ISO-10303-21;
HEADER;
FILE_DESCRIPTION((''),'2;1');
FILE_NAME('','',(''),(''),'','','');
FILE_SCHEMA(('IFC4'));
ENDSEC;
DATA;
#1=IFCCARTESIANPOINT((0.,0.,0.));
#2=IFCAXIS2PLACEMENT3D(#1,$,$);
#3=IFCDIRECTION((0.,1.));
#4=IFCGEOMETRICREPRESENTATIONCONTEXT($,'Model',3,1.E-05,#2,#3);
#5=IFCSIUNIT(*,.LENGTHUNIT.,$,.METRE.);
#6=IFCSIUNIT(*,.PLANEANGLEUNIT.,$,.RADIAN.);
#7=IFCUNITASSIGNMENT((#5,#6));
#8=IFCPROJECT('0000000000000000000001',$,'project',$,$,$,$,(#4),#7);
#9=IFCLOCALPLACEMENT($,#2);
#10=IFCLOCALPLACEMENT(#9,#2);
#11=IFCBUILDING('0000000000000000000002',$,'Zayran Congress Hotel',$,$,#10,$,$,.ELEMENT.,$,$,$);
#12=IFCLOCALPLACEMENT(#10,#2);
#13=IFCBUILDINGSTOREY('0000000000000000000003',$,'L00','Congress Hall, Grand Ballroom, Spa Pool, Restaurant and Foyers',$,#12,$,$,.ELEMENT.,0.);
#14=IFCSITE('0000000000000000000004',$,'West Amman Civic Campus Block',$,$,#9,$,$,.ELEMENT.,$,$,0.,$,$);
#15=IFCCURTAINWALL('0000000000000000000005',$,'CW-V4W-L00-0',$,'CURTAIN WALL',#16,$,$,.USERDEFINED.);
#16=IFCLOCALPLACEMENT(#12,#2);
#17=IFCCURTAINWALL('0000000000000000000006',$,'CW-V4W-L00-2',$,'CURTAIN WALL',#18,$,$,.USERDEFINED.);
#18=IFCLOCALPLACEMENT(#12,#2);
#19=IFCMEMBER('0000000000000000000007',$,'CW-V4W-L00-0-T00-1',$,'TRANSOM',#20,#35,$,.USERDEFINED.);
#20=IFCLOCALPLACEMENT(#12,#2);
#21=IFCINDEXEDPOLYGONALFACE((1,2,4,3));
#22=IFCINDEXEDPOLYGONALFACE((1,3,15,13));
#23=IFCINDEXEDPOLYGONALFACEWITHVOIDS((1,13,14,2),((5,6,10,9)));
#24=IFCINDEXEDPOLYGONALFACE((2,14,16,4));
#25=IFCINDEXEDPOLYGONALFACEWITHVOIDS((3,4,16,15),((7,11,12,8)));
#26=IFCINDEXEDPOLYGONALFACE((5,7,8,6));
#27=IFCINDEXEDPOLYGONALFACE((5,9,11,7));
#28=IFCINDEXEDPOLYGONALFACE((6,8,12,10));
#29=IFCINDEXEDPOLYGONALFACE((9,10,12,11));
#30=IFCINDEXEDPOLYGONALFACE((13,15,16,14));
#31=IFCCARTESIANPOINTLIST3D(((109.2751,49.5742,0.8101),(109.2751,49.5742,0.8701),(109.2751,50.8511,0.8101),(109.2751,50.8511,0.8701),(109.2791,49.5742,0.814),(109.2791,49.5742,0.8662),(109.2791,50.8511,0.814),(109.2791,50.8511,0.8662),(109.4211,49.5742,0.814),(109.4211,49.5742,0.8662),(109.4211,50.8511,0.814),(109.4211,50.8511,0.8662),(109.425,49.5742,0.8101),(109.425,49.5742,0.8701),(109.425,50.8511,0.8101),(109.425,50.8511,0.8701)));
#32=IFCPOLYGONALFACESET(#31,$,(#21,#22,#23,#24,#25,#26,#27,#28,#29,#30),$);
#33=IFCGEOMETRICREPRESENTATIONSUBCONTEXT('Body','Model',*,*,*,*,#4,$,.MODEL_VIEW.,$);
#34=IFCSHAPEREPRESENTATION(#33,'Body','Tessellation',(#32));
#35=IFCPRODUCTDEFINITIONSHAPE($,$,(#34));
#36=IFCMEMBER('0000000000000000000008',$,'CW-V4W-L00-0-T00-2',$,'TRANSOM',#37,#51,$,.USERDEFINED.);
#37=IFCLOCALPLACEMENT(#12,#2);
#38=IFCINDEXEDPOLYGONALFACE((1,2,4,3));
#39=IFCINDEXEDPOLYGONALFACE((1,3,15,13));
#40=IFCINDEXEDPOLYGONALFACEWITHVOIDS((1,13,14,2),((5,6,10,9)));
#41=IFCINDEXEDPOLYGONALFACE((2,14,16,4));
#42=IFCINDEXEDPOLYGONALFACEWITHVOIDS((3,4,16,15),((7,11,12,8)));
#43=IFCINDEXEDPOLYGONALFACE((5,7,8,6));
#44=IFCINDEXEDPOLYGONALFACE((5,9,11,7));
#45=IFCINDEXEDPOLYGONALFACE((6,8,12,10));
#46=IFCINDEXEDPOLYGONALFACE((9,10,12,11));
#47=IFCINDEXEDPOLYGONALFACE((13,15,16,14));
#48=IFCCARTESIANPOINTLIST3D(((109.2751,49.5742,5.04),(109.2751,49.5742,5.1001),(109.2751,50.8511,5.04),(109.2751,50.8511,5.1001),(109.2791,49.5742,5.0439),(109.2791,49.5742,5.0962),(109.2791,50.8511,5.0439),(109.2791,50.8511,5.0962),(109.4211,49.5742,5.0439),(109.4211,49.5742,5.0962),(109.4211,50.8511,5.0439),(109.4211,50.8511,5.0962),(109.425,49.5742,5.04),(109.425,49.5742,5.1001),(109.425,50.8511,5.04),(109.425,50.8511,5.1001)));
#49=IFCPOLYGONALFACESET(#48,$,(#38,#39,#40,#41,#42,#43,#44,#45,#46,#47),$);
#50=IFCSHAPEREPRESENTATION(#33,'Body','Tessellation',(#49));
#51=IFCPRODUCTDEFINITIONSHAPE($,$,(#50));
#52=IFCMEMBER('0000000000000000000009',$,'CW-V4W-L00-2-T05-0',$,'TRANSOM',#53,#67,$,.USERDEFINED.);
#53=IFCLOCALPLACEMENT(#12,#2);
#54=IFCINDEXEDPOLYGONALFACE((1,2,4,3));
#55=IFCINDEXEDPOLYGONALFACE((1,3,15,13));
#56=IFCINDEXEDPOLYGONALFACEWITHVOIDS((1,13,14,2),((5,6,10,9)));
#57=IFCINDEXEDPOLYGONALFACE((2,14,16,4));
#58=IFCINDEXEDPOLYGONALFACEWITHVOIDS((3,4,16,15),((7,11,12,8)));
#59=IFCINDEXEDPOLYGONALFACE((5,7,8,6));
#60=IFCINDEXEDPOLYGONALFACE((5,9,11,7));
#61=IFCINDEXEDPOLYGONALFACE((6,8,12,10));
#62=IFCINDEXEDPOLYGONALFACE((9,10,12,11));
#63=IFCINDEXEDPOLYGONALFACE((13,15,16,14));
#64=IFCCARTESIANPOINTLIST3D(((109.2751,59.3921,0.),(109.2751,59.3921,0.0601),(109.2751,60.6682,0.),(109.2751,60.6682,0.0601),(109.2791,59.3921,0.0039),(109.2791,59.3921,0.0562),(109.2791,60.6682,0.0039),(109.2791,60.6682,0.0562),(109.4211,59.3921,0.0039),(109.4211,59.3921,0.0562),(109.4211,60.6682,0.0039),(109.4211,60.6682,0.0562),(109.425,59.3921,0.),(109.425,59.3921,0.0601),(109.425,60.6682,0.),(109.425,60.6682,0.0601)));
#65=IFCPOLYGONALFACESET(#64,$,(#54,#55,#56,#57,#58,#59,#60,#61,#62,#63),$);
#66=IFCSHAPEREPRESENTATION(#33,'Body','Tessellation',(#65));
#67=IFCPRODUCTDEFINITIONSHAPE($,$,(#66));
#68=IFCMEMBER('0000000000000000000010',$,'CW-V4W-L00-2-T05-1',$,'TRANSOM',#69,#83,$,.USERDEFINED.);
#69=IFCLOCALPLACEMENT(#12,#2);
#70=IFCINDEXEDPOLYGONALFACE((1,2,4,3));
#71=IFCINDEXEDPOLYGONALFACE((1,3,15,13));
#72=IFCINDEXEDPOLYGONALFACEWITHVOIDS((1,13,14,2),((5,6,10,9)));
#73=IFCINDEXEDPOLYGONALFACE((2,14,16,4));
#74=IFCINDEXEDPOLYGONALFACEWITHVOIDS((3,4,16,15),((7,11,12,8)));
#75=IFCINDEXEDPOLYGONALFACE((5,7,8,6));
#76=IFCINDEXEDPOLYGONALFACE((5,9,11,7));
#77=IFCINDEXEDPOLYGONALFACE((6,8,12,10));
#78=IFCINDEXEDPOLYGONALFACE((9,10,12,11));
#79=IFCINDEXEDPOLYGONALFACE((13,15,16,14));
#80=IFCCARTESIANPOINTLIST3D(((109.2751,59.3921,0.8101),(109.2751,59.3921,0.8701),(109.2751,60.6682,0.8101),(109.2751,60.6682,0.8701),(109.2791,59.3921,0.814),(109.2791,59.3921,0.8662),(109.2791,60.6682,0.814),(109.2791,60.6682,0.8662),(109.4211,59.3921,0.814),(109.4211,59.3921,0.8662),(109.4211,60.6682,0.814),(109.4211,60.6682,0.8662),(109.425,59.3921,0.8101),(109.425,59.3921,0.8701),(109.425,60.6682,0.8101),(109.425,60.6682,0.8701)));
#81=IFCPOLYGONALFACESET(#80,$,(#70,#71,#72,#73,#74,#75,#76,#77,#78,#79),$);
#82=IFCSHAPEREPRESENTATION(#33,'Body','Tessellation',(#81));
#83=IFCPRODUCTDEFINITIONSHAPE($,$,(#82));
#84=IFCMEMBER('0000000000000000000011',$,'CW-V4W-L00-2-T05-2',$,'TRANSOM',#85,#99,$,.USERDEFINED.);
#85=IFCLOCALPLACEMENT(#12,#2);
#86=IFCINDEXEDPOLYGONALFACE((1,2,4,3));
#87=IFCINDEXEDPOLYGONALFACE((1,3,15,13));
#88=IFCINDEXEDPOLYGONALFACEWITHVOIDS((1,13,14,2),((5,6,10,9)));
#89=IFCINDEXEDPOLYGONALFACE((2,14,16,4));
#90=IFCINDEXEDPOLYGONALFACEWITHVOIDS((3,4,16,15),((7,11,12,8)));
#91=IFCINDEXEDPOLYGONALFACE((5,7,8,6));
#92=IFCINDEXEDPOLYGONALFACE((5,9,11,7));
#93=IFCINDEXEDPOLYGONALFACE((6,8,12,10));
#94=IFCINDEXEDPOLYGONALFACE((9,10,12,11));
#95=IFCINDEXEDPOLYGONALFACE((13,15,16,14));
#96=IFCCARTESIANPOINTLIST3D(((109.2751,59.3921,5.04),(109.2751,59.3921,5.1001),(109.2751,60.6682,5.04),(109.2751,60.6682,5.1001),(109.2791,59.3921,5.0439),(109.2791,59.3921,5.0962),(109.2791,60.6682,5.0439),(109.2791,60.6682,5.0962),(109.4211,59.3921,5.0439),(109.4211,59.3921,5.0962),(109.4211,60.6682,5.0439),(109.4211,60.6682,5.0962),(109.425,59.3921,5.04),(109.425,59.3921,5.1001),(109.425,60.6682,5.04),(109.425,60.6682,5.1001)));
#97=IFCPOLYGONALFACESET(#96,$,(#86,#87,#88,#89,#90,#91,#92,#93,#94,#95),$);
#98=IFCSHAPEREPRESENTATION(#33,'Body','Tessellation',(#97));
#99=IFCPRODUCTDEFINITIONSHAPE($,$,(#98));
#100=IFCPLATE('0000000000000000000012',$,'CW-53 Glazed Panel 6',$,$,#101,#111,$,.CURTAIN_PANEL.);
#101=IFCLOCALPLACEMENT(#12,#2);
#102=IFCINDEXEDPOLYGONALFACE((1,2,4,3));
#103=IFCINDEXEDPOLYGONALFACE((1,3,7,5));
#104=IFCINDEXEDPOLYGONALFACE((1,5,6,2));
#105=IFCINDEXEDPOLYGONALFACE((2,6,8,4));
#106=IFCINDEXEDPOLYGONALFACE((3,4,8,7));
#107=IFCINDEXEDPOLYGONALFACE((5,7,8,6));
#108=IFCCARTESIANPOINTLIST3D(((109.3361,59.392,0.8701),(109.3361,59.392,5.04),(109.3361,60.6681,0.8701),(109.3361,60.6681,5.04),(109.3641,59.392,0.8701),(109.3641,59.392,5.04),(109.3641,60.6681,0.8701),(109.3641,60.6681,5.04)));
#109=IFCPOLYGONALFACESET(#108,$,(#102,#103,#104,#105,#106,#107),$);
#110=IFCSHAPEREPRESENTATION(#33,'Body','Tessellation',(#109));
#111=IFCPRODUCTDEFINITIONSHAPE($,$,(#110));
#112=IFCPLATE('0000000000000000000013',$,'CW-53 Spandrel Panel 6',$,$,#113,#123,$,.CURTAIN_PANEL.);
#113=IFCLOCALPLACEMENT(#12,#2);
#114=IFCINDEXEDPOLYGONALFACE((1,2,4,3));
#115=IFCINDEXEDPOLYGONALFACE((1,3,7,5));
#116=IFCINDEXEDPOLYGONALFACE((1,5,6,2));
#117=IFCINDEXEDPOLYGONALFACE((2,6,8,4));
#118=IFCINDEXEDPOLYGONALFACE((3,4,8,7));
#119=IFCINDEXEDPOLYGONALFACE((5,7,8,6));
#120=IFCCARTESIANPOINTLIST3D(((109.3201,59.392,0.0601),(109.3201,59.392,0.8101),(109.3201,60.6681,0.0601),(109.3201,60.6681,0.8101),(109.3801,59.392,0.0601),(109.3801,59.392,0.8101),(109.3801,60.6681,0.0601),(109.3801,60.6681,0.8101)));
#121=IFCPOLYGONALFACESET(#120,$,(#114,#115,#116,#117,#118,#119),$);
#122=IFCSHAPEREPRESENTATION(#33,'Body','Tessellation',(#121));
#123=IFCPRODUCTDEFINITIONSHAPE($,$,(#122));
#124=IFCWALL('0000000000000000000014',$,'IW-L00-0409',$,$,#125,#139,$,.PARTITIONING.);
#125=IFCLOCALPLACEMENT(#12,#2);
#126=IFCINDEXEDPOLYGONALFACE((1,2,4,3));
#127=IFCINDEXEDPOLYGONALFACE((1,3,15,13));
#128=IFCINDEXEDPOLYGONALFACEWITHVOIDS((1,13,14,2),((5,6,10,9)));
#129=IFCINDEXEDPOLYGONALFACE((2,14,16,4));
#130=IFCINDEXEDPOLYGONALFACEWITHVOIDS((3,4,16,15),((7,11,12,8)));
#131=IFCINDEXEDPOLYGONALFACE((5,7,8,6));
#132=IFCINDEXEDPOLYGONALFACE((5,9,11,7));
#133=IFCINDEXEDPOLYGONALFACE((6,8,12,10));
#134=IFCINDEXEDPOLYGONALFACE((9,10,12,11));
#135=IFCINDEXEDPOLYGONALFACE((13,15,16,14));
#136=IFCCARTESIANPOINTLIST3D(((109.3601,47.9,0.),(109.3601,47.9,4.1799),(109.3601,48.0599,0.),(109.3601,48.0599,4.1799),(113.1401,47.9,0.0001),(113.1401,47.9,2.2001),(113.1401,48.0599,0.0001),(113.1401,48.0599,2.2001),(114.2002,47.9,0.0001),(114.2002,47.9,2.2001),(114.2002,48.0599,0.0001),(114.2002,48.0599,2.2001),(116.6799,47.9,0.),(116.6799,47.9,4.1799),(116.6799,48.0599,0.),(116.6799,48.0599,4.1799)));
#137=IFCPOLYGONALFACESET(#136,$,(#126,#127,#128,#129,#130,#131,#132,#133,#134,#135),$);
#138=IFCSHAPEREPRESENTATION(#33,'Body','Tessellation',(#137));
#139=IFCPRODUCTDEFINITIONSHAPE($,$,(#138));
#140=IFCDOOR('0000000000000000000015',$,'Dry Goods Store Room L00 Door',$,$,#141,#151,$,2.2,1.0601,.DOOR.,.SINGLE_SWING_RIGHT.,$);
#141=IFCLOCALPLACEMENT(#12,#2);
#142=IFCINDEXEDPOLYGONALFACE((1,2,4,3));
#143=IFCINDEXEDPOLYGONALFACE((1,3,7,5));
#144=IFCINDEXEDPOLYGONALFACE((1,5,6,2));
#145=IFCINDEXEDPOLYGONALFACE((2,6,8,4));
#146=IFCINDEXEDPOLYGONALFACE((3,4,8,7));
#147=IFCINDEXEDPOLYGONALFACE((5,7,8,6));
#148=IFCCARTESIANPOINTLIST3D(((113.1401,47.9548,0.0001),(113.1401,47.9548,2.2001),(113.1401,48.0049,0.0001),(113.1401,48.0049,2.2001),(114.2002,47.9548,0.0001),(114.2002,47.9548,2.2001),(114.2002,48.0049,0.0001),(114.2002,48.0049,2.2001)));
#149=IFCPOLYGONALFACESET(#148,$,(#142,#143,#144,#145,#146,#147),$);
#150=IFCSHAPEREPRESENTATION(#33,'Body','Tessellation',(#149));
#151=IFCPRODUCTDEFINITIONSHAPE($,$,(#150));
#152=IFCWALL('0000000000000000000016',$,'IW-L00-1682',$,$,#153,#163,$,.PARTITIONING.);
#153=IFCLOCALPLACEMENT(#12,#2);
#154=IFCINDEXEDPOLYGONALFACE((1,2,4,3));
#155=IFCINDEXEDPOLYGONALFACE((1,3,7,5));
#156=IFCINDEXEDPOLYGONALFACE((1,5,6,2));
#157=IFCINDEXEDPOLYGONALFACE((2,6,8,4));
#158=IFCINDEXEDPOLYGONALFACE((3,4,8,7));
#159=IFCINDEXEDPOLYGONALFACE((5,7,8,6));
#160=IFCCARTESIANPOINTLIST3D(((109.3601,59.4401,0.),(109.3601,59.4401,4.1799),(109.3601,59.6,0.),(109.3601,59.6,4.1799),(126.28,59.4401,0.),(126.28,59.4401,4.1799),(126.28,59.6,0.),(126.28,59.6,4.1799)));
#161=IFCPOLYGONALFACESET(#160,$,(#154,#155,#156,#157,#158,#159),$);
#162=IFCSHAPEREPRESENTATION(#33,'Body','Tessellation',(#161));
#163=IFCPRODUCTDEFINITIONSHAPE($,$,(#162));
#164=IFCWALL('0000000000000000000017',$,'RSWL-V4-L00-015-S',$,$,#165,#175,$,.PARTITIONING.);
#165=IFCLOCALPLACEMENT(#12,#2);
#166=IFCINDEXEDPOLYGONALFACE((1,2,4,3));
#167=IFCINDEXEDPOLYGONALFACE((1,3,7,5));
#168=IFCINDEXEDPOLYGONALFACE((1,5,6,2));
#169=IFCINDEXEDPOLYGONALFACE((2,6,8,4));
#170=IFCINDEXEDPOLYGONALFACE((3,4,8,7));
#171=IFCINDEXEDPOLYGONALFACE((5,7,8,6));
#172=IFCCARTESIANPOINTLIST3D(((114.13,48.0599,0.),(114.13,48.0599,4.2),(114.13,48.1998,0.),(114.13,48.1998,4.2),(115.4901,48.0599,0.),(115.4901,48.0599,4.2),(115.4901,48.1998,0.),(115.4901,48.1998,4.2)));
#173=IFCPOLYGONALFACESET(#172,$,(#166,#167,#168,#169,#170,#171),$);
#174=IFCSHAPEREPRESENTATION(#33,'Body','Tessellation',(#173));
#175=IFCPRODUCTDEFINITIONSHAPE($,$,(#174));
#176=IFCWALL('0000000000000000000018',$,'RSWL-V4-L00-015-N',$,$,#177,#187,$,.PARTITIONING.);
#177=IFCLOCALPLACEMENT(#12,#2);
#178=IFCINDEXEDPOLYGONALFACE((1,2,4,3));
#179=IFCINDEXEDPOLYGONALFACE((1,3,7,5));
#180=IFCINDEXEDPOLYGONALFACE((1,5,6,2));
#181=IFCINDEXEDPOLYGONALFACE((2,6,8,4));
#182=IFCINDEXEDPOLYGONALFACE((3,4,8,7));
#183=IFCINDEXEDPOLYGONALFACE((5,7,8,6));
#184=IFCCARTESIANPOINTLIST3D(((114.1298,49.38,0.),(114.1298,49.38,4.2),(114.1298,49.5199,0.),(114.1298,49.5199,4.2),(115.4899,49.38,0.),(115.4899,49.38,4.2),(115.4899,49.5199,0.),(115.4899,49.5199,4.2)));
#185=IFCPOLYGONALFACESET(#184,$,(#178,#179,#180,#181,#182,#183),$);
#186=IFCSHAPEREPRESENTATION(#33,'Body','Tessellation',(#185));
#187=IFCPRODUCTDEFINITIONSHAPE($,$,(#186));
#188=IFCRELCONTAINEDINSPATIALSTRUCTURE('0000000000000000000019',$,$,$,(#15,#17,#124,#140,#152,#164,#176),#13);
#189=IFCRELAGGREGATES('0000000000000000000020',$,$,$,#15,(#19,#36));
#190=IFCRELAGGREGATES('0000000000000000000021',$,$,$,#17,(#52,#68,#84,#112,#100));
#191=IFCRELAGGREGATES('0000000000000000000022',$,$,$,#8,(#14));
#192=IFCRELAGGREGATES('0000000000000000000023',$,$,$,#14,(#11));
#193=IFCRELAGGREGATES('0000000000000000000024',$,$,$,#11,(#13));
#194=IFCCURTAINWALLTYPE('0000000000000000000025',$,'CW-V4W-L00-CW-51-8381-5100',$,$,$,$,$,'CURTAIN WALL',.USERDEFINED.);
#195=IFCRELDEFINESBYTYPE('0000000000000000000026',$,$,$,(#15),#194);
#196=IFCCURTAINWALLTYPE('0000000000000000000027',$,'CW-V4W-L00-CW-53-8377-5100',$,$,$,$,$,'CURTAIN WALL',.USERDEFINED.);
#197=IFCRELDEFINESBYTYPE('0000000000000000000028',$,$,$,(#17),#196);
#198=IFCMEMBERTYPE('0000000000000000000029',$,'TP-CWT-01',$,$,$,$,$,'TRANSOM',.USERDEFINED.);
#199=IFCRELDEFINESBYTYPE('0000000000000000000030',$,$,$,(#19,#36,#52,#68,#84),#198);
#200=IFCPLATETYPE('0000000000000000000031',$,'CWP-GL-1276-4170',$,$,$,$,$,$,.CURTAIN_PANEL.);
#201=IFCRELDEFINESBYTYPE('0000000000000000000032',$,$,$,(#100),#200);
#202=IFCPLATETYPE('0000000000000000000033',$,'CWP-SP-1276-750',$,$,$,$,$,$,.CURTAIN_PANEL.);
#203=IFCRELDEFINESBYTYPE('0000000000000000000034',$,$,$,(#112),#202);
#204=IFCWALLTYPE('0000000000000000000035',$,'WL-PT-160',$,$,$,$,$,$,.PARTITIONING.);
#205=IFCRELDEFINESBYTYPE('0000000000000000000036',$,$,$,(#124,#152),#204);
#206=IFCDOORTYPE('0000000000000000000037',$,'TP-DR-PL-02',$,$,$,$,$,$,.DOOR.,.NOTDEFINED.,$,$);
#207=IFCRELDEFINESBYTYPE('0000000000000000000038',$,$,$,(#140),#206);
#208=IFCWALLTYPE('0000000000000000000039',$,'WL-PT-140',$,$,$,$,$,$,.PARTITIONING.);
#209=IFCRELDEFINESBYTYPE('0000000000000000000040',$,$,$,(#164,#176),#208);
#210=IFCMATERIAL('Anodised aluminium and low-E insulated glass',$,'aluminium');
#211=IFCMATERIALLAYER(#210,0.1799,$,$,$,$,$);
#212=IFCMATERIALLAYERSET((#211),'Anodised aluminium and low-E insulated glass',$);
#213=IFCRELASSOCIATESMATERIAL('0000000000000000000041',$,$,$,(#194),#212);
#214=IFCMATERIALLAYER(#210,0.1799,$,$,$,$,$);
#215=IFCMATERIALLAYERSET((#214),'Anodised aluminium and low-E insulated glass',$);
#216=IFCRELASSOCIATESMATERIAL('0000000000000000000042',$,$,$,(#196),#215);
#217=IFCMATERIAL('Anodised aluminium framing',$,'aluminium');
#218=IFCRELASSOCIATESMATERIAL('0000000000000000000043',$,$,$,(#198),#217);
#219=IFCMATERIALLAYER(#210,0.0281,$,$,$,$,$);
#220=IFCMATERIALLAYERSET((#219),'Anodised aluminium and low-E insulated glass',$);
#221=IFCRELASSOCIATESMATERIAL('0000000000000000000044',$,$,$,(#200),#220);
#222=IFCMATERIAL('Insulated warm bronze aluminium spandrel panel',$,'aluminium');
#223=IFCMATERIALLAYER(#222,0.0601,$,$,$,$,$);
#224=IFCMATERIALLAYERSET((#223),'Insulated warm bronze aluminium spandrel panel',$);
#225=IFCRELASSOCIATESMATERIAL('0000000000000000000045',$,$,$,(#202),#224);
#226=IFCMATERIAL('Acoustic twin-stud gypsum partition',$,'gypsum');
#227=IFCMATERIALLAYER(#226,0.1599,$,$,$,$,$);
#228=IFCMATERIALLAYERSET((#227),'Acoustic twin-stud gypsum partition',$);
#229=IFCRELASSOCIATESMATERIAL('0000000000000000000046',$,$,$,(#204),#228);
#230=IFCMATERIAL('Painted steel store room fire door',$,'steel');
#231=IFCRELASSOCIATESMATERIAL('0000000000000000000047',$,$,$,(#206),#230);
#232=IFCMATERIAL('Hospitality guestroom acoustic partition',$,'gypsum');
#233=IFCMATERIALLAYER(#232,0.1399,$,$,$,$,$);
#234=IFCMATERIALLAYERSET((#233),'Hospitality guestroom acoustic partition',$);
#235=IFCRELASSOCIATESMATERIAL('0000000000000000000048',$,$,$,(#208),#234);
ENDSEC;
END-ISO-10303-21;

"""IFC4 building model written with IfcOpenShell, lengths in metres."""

from ifc_helpers import new_model, si_unit, direction, frame, frame_2d, origin, origin_2d, place, context, subcontext, project, spatial, rectangle, hollow_rectangle, extrude, material, layer, layer_set, material_profile, profile_set, type_object, element, fill, aggregate, save


model = new_model("IFC4")

# Units and contexts
model_context = context("Model", 3, precision=1e-05, world=origin(), true_north=direction((0.0, 1.0)))
body_context = subcontext(model_context, "Body", "Model", "MODEL_VIEW")
ifc_project = project(units=[si_unit("LENGTHUNIT", "METRE"), si_unit("PLANEANGLEUNIT", "RADIAN")], contexts=[model_context])

# Site, building, storey
site_placement = place(None, origin())
site = spatial("IfcSite", under=ifc_project, at=site_placement, Name="West Amman Civic Campus Block", CompositionType="ELEMENT", RefElevation=0.0)
building_placement = place(site_placement, origin())
building = spatial("IfcBuilding", under=site, at=building_placement, Name="Zayran Congress Hotel", CompositionType="ELEMENT")
storey_placement = place(building_placement, origin())
storey = spatial("IfcBuildingStorey", under=building, at=storey_placement, Name="L00", Description="Congress Hall, Grand Ballroom, Spa Pool, Restaurant and Foyers", CompositionType="ELEMENT", Elevation=0.0)

# Curtain wall
ifc_material_1 = material(Name="Anodised aluminium and low-E insulated glass", Category="aluminium")
ifc_layer_1 = layer(ifc_material_1, 0.1799)
ifc_layer_set_1 = layer_set([ifc_layer_1], Name="Anodised aluminium and low-E insulated glass")
curtain_wall_type_1 = type_object("IfcCurtainWallType", Name="CW-V4W-L00-CW-51-8381-5100", ElementType="CURTAIN WALL", PredefinedType="USERDEFINED", material=ifc_layer_set_1)
curtain_wall_1_placement = place(storey_placement, origin())
curtain_wall_1 = element("IfcCurtainWall", 1, at=curtain_wall_1_placement, inside=storey, type_object=curtain_wall_type_1, Name="CW-V4W-L00-0", ObjectType="CURTAIN WALL", PredefinedType="USERDEFINED")
ifc_material_2 = material(Name="Anodised aluminium framing", Category="aluminium")

# Curtain wall
ifc_layer_2 = layer(ifc_material_1, 0.1799)
ifc_layer_set_2 = layer_set([ifc_layer_2], Name="Anodised aluminium and low-E insulated glass")
curtain_wall_type_2 = type_object("IfcCurtainWallType", Name="CW-V4W-L00-CW-53-8377-5100", ElementType="CURTAIN WALL", PredefinedType="USERDEFINED", material=ifc_layer_set_2)
curtain_wall_2_placement = place(storey_placement, origin())
curtain_wall_2 = element("IfcCurtainWall", 2, at=curtain_wall_2_placement, inside=storey, type_object=curtain_wall_type_2, Name="CW-V4W-L00-2", ObjectType="CURTAIN WALL", PredefinedType="USERDEFINED")

# Members
ifc_material_profile_1 = material_profile(ifc_material_2, hollow_rectangle(XDim=0.0601, YDim=0.1499, WallThickness=0.0039, at=origin_2d()), Name="RHS 150x60x4")
ifc_profile_set_1 = profile_set([ifc_material_profile_1], Name="Anodised aluminium framing")
member_type_1 = type_object("IfcMemberType", Name="TP-CWT-01", ElementType="TRANSOM", PredefinedType="USERDEFINED", material=ifc_profile_set_1)
member_1_placement = place(storey_placement, frame((109.3501, 50.8511, 0.8401), z_axis=(0.0, -1.0, 0.0), x_axis=(0.0, 0.0, 1.0)))
member_1 = element("IfcMember", 3, at=member_1_placement, type_object=member_type_1, Name="CW-V4W-L00-0-T00-1", ObjectType="TRANSOM", PredefinedType="USERDEFINED", context=body_context, shape_type="SweptSolid", body=[
    extrude(hollow_rectangle(XDim=0.0601, YDim=0.1499, WallThickness=0.0039, at=origin_2d()), origin(), (0.0, 0.0, 1.0), 1.2769),
])
member_2_placement = place(storey_placement, frame((109.3501, 50.8511, 5.0701), z_axis=(0.0, -1.0, 0.0), x_axis=(0.0, 0.0, 1.0)))
member_2 = element("IfcMember", 4, at=member_2_placement, type_object=member_type_1, Name="CW-V4W-L00-0-T00-2", ObjectType="TRANSOM", PredefinedType="USERDEFINED", context=body_context, shape_type="SweptSolid", body=[
    extrude(hollow_rectangle(XDim=0.0601, YDim=0.1499, WallThickness=0.0039, at=origin_2d()), origin(), (0.0, 0.0, 1.0), 1.2769),
])
aggregate(curtain_wall_1, [member_1, member_2])
member_3_placement = place(storey_placement, frame((109.3501, 60.6682, 0.03), z_axis=(0.0, -1.0, 0.0), x_axis=(0.0, 0.0, 1.0)))
member_3 = element("IfcMember", 5, at=member_3_placement, type_object=member_type_1, Name="CW-V4W-L00-2-T05-0", ObjectType="TRANSOM", PredefinedType="USERDEFINED", context=body_context, shape_type="SweptSolid", body=[
    extrude(hollow_rectangle(XDim=0.0601, YDim=0.1499, WallThickness=0.0039, at=origin_2d()), origin(), (0.0, 0.0, 1.0), 1.2761),
])
member_4_placement = place(storey_placement, frame((109.3501, 60.6682, 0.8401), z_axis=(0.0, -1.0, 0.0), x_axis=(0.0, 0.0, 1.0)))
member_4 = element("IfcMember", 6, at=member_4_placement, type_object=member_type_1, Name="CW-V4W-L00-2-T05-1", ObjectType="TRANSOM", PredefinedType="USERDEFINED", context=body_context, shape_type="SweptSolid", body=[
    extrude(hollow_rectangle(XDim=0.0601, YDim=0.1499, WallThickness=0.0039, at=origin_2d()), origin(), (0.0, 0.0, 1.0), 1.2761),
])
member_5_placement = place(storey_placement, frame((109.3501, 60.6682, 5.0701), z_axis=(0.0, -1.0, 0.0), x_axis=(0.0, 0.0, 1.0)))
member_5 = element("IfcMember", 7, at=member_5_placement, type_object=member_type_1, Name="CW-V4W-L00-2-T05-2", ObjectType="TRANSOM", PredefinedType="USERDEFINED", context=body_context, shape_type="SweptSolid", body=[
    extrude(hollow_rectangle(XDim=0.0601, YDim=0.1499, WallThickness=0.0039, at=origin_2d()), origin(), (0.0, 0.0, 1.0), 1.2761),
])

# Plates
ifc_layer_3 = layer(ifc_material_1, 0.0281)
ifc_layer_set_3 = layer_set([ifc_layer_3], Name="Anodised aluminium and low-E insulated glass")
plate_type_1 = type_object("IfcPlateType", Name="CWP-GL-1276-4170", PredefinedType="CURTAIN_PANEL", material=ifc_layer_set_3)
plate_1_placement = place(storey_placement, frame((109.3501, 60.03, 0.8701), z_axis=(0.0, 0.0, 1.0), x_axis=(0.0, 1.0, 0.0)))
plate_1 = element("IfcPlate", 8, at=plate_1_placement, type_object=plate_type_1, Name="CW-53 Glazed Panel 6", PredefinedType="CURTAIN_PANEL", context=body_context, shape_type="SweptSolid", body=[
    extrude(rectangle(XDim=1.2761, YDim=0.0281, at=origin_2d()), origin(), (0.0, 0.0, 1.0), 4.1699),
])
ifc_material_3 = material(Name="Insulated warm bronze aluminium spandrel panel", Category="aluminium")
ifc_layer_4 = layer(ifc_material_3, 0.0601)
ifc_layer_set_4 = layer_set([ifc_layer_4], Name="Insulated warm bronze aluminium spandrel panel")
plate_type_2 = type_object("IfcPlateType", Name="CWP-SP-1276-750", PredefinedType="CURTAIN_PANEL", material=ifc_layer_set_4)
plate_2_placement = place(storey_placement, frame((109.3501, 60.03, 0.0601), z_axis=(0.0, 0.0, 1.0), x_axis=(0.0, 1.0, 0.0)))
plate_2 = element("IfcPlate", 9, at=plate_2_placement, type_object=plate_type_2, Name="CW-53 Spandrel Panel 6", PredefinedType="CURTAIN_PANEL", context=body_context, shape_type="SweptSolid", body=[
    extrude(rectangle(XDim=1.2761, YDim=0.0601, at=origin_2d()), origin(), (0.0, 0.0, 1.0), 0.75),
])
aggregate(curtain_wall_2, [member_3, member_4, member_5, plate_2, plate_1])

# Wall, opening, door
ifc_material_4 = material(Name="Acoustic twin-stud gypsum partition", Category="gypsum")
ifc_layer_5 = layer(ifc_material_4, 0.1599)
ifc_layer_set_5 = layer_set([ifc_layer_5], Name="Acoustic twin-stud gypsum partition")
wall_type_1 = type_object("IfcWallType", Name="WL-PT-160", PredefinedType="PARTITIONING", material=ifc_layer_set_5)
wall_1_placement = place(storey_placement, frame((109.3601, 47.98, 0.0), z_axis=(0.0, 0.0, 1.0), x_axis=(1.0, 0.0, 0.0)))
wall_1 = element("IfcWall", 10, at=wall_1_placement, inside=storey, type_object=wall_type_1, Name="IW-L00-0409", PredefinedType="PARTITIONING", context=body_context, shape_type="SweptSolid", body=[
    extrude(rectangle(XDim=7.3198, YDim=0.1599, at=frame_2d((3.6599, 0.0))), origin(), (0.0, 0.0, 1.0), 4.1799),
])
opening_1_placement = place(wall_1_placement, frame((3.78, 0.0, 0.0)))
opening_1 = element("IfcOpeningElement", 11, at=opening_1_placement, cuts=wall_1, PredefinedType="OPENING", context=body_context, shape_type="SweptSolid", body=[
    extrude(rectangle(XDim=1.0601, YDim=2.2, at=frame_2d((0.53, 1.1001))), frame((0.0, 0.0898, 0.0), z_axis=(0.0, -1.0, 0.0), x_axis=(1.0, 0.0, 0.0)), (0.0, 0.0, 1.0), 0.1799),
])
ifc_material_5 = material(Name="Painted steel store room fire door", Category="steel")
door_type_1 = type_object("IfcDoorType", Name="TP-DR-PL-02", OperationType="NOTDEFINED", PredefinedType="DOOR", material=ifc_material_5)
door_1_placement = place(opening_1_placement, origin())
door_1 = element("IfcDoor", 12, at=door_1_placement, inside=storey, type_object=door_type_1, Name="Dry Goods Store Room L00 Door", OperationType="SINGLE_SWING_RIGHT", OverallHeight=2.2, OverallWidth=1.0601, PredefinedType="DOOR", context=body_context, shape_type="SweptSolid", body=[
    extrude(rectangle(XDim=1.0601, YDim=2.2, at=frame_2d((0.53, 1.1001))), frame((0.0, 0.0249, 0.0), z_axis=(0.0, -1.0, 0.0), x_axis=(1.0, 0.0, 0.0)), (0.0, 0.0, 1.0), 0.05),
])
fill(opening_1, door_1)

# Walls
wall_2_placement = place(storey_placement, frame((109.3601, 59.52, 0.0), z_axis=(0.0, 0.0, 1.0), x_axis=(1.0, 0.0, 0.0)))
element("IfcWall", 13, at=wall_2_placement, inside=storey, type_object=wall_type_1, Name="IW-L00-1682", PredefinedType="PARTITIONING", context=body_context, shape_type="SweptSolid", body=[
    extrude(rectangle(XDim=16.9199, YDim=0.1599, at=frame_2d((8.46, 0.0))), origin(), (0.0, 0.0, 1.0), 4.1799),
])
ifc_material_6 = material(Name="Hospitality guestroom acoustic partition", Category="gypsum")
ifc_layer_6 = layer(ifc_material_6, 0.1399)
ifc_layer_set_6 = layer_set([ifc_layer_6], Name="Hospitality guestroom acoustic partition")
wall_type_2 = type_object("IfcWallType", Name="WL-PT-140", PredefinedType="PARTITIONING", material=ifc_layer_set_6)
for number, where, z_axis, x_axis, name in (
    (14, (114.1299, 48.1299, 0.0), (0.0, 0.0, 1.0), (1.0, 0.0, 0.0), "RSWL-V4-L00-015-S"),
    (15, (115.49, 49.45, 0.0), (0.0, 0.0, 1.0), (-1.0, 0.0, 0.0), "RSWL-V4-L00-015-N"),
):
    element("IfcWall", number, at=place(storey_placement, frame(where, z_axis=z_axis, x_axis=x_axis)), inside=storey, type_object=wall_type_2, Name=name, PredefinedType="PARTITIONING", context=body_context, shape_type="SweptSolid", body=[
        extrude(rectangle(XDim=1.3601, YDim=0.1399, at=frame_2d((0.6802, 0.0))), origin(), (0.0, 0.0, 1.0), 4.2),
    ])

save(model, "model.ifc")
